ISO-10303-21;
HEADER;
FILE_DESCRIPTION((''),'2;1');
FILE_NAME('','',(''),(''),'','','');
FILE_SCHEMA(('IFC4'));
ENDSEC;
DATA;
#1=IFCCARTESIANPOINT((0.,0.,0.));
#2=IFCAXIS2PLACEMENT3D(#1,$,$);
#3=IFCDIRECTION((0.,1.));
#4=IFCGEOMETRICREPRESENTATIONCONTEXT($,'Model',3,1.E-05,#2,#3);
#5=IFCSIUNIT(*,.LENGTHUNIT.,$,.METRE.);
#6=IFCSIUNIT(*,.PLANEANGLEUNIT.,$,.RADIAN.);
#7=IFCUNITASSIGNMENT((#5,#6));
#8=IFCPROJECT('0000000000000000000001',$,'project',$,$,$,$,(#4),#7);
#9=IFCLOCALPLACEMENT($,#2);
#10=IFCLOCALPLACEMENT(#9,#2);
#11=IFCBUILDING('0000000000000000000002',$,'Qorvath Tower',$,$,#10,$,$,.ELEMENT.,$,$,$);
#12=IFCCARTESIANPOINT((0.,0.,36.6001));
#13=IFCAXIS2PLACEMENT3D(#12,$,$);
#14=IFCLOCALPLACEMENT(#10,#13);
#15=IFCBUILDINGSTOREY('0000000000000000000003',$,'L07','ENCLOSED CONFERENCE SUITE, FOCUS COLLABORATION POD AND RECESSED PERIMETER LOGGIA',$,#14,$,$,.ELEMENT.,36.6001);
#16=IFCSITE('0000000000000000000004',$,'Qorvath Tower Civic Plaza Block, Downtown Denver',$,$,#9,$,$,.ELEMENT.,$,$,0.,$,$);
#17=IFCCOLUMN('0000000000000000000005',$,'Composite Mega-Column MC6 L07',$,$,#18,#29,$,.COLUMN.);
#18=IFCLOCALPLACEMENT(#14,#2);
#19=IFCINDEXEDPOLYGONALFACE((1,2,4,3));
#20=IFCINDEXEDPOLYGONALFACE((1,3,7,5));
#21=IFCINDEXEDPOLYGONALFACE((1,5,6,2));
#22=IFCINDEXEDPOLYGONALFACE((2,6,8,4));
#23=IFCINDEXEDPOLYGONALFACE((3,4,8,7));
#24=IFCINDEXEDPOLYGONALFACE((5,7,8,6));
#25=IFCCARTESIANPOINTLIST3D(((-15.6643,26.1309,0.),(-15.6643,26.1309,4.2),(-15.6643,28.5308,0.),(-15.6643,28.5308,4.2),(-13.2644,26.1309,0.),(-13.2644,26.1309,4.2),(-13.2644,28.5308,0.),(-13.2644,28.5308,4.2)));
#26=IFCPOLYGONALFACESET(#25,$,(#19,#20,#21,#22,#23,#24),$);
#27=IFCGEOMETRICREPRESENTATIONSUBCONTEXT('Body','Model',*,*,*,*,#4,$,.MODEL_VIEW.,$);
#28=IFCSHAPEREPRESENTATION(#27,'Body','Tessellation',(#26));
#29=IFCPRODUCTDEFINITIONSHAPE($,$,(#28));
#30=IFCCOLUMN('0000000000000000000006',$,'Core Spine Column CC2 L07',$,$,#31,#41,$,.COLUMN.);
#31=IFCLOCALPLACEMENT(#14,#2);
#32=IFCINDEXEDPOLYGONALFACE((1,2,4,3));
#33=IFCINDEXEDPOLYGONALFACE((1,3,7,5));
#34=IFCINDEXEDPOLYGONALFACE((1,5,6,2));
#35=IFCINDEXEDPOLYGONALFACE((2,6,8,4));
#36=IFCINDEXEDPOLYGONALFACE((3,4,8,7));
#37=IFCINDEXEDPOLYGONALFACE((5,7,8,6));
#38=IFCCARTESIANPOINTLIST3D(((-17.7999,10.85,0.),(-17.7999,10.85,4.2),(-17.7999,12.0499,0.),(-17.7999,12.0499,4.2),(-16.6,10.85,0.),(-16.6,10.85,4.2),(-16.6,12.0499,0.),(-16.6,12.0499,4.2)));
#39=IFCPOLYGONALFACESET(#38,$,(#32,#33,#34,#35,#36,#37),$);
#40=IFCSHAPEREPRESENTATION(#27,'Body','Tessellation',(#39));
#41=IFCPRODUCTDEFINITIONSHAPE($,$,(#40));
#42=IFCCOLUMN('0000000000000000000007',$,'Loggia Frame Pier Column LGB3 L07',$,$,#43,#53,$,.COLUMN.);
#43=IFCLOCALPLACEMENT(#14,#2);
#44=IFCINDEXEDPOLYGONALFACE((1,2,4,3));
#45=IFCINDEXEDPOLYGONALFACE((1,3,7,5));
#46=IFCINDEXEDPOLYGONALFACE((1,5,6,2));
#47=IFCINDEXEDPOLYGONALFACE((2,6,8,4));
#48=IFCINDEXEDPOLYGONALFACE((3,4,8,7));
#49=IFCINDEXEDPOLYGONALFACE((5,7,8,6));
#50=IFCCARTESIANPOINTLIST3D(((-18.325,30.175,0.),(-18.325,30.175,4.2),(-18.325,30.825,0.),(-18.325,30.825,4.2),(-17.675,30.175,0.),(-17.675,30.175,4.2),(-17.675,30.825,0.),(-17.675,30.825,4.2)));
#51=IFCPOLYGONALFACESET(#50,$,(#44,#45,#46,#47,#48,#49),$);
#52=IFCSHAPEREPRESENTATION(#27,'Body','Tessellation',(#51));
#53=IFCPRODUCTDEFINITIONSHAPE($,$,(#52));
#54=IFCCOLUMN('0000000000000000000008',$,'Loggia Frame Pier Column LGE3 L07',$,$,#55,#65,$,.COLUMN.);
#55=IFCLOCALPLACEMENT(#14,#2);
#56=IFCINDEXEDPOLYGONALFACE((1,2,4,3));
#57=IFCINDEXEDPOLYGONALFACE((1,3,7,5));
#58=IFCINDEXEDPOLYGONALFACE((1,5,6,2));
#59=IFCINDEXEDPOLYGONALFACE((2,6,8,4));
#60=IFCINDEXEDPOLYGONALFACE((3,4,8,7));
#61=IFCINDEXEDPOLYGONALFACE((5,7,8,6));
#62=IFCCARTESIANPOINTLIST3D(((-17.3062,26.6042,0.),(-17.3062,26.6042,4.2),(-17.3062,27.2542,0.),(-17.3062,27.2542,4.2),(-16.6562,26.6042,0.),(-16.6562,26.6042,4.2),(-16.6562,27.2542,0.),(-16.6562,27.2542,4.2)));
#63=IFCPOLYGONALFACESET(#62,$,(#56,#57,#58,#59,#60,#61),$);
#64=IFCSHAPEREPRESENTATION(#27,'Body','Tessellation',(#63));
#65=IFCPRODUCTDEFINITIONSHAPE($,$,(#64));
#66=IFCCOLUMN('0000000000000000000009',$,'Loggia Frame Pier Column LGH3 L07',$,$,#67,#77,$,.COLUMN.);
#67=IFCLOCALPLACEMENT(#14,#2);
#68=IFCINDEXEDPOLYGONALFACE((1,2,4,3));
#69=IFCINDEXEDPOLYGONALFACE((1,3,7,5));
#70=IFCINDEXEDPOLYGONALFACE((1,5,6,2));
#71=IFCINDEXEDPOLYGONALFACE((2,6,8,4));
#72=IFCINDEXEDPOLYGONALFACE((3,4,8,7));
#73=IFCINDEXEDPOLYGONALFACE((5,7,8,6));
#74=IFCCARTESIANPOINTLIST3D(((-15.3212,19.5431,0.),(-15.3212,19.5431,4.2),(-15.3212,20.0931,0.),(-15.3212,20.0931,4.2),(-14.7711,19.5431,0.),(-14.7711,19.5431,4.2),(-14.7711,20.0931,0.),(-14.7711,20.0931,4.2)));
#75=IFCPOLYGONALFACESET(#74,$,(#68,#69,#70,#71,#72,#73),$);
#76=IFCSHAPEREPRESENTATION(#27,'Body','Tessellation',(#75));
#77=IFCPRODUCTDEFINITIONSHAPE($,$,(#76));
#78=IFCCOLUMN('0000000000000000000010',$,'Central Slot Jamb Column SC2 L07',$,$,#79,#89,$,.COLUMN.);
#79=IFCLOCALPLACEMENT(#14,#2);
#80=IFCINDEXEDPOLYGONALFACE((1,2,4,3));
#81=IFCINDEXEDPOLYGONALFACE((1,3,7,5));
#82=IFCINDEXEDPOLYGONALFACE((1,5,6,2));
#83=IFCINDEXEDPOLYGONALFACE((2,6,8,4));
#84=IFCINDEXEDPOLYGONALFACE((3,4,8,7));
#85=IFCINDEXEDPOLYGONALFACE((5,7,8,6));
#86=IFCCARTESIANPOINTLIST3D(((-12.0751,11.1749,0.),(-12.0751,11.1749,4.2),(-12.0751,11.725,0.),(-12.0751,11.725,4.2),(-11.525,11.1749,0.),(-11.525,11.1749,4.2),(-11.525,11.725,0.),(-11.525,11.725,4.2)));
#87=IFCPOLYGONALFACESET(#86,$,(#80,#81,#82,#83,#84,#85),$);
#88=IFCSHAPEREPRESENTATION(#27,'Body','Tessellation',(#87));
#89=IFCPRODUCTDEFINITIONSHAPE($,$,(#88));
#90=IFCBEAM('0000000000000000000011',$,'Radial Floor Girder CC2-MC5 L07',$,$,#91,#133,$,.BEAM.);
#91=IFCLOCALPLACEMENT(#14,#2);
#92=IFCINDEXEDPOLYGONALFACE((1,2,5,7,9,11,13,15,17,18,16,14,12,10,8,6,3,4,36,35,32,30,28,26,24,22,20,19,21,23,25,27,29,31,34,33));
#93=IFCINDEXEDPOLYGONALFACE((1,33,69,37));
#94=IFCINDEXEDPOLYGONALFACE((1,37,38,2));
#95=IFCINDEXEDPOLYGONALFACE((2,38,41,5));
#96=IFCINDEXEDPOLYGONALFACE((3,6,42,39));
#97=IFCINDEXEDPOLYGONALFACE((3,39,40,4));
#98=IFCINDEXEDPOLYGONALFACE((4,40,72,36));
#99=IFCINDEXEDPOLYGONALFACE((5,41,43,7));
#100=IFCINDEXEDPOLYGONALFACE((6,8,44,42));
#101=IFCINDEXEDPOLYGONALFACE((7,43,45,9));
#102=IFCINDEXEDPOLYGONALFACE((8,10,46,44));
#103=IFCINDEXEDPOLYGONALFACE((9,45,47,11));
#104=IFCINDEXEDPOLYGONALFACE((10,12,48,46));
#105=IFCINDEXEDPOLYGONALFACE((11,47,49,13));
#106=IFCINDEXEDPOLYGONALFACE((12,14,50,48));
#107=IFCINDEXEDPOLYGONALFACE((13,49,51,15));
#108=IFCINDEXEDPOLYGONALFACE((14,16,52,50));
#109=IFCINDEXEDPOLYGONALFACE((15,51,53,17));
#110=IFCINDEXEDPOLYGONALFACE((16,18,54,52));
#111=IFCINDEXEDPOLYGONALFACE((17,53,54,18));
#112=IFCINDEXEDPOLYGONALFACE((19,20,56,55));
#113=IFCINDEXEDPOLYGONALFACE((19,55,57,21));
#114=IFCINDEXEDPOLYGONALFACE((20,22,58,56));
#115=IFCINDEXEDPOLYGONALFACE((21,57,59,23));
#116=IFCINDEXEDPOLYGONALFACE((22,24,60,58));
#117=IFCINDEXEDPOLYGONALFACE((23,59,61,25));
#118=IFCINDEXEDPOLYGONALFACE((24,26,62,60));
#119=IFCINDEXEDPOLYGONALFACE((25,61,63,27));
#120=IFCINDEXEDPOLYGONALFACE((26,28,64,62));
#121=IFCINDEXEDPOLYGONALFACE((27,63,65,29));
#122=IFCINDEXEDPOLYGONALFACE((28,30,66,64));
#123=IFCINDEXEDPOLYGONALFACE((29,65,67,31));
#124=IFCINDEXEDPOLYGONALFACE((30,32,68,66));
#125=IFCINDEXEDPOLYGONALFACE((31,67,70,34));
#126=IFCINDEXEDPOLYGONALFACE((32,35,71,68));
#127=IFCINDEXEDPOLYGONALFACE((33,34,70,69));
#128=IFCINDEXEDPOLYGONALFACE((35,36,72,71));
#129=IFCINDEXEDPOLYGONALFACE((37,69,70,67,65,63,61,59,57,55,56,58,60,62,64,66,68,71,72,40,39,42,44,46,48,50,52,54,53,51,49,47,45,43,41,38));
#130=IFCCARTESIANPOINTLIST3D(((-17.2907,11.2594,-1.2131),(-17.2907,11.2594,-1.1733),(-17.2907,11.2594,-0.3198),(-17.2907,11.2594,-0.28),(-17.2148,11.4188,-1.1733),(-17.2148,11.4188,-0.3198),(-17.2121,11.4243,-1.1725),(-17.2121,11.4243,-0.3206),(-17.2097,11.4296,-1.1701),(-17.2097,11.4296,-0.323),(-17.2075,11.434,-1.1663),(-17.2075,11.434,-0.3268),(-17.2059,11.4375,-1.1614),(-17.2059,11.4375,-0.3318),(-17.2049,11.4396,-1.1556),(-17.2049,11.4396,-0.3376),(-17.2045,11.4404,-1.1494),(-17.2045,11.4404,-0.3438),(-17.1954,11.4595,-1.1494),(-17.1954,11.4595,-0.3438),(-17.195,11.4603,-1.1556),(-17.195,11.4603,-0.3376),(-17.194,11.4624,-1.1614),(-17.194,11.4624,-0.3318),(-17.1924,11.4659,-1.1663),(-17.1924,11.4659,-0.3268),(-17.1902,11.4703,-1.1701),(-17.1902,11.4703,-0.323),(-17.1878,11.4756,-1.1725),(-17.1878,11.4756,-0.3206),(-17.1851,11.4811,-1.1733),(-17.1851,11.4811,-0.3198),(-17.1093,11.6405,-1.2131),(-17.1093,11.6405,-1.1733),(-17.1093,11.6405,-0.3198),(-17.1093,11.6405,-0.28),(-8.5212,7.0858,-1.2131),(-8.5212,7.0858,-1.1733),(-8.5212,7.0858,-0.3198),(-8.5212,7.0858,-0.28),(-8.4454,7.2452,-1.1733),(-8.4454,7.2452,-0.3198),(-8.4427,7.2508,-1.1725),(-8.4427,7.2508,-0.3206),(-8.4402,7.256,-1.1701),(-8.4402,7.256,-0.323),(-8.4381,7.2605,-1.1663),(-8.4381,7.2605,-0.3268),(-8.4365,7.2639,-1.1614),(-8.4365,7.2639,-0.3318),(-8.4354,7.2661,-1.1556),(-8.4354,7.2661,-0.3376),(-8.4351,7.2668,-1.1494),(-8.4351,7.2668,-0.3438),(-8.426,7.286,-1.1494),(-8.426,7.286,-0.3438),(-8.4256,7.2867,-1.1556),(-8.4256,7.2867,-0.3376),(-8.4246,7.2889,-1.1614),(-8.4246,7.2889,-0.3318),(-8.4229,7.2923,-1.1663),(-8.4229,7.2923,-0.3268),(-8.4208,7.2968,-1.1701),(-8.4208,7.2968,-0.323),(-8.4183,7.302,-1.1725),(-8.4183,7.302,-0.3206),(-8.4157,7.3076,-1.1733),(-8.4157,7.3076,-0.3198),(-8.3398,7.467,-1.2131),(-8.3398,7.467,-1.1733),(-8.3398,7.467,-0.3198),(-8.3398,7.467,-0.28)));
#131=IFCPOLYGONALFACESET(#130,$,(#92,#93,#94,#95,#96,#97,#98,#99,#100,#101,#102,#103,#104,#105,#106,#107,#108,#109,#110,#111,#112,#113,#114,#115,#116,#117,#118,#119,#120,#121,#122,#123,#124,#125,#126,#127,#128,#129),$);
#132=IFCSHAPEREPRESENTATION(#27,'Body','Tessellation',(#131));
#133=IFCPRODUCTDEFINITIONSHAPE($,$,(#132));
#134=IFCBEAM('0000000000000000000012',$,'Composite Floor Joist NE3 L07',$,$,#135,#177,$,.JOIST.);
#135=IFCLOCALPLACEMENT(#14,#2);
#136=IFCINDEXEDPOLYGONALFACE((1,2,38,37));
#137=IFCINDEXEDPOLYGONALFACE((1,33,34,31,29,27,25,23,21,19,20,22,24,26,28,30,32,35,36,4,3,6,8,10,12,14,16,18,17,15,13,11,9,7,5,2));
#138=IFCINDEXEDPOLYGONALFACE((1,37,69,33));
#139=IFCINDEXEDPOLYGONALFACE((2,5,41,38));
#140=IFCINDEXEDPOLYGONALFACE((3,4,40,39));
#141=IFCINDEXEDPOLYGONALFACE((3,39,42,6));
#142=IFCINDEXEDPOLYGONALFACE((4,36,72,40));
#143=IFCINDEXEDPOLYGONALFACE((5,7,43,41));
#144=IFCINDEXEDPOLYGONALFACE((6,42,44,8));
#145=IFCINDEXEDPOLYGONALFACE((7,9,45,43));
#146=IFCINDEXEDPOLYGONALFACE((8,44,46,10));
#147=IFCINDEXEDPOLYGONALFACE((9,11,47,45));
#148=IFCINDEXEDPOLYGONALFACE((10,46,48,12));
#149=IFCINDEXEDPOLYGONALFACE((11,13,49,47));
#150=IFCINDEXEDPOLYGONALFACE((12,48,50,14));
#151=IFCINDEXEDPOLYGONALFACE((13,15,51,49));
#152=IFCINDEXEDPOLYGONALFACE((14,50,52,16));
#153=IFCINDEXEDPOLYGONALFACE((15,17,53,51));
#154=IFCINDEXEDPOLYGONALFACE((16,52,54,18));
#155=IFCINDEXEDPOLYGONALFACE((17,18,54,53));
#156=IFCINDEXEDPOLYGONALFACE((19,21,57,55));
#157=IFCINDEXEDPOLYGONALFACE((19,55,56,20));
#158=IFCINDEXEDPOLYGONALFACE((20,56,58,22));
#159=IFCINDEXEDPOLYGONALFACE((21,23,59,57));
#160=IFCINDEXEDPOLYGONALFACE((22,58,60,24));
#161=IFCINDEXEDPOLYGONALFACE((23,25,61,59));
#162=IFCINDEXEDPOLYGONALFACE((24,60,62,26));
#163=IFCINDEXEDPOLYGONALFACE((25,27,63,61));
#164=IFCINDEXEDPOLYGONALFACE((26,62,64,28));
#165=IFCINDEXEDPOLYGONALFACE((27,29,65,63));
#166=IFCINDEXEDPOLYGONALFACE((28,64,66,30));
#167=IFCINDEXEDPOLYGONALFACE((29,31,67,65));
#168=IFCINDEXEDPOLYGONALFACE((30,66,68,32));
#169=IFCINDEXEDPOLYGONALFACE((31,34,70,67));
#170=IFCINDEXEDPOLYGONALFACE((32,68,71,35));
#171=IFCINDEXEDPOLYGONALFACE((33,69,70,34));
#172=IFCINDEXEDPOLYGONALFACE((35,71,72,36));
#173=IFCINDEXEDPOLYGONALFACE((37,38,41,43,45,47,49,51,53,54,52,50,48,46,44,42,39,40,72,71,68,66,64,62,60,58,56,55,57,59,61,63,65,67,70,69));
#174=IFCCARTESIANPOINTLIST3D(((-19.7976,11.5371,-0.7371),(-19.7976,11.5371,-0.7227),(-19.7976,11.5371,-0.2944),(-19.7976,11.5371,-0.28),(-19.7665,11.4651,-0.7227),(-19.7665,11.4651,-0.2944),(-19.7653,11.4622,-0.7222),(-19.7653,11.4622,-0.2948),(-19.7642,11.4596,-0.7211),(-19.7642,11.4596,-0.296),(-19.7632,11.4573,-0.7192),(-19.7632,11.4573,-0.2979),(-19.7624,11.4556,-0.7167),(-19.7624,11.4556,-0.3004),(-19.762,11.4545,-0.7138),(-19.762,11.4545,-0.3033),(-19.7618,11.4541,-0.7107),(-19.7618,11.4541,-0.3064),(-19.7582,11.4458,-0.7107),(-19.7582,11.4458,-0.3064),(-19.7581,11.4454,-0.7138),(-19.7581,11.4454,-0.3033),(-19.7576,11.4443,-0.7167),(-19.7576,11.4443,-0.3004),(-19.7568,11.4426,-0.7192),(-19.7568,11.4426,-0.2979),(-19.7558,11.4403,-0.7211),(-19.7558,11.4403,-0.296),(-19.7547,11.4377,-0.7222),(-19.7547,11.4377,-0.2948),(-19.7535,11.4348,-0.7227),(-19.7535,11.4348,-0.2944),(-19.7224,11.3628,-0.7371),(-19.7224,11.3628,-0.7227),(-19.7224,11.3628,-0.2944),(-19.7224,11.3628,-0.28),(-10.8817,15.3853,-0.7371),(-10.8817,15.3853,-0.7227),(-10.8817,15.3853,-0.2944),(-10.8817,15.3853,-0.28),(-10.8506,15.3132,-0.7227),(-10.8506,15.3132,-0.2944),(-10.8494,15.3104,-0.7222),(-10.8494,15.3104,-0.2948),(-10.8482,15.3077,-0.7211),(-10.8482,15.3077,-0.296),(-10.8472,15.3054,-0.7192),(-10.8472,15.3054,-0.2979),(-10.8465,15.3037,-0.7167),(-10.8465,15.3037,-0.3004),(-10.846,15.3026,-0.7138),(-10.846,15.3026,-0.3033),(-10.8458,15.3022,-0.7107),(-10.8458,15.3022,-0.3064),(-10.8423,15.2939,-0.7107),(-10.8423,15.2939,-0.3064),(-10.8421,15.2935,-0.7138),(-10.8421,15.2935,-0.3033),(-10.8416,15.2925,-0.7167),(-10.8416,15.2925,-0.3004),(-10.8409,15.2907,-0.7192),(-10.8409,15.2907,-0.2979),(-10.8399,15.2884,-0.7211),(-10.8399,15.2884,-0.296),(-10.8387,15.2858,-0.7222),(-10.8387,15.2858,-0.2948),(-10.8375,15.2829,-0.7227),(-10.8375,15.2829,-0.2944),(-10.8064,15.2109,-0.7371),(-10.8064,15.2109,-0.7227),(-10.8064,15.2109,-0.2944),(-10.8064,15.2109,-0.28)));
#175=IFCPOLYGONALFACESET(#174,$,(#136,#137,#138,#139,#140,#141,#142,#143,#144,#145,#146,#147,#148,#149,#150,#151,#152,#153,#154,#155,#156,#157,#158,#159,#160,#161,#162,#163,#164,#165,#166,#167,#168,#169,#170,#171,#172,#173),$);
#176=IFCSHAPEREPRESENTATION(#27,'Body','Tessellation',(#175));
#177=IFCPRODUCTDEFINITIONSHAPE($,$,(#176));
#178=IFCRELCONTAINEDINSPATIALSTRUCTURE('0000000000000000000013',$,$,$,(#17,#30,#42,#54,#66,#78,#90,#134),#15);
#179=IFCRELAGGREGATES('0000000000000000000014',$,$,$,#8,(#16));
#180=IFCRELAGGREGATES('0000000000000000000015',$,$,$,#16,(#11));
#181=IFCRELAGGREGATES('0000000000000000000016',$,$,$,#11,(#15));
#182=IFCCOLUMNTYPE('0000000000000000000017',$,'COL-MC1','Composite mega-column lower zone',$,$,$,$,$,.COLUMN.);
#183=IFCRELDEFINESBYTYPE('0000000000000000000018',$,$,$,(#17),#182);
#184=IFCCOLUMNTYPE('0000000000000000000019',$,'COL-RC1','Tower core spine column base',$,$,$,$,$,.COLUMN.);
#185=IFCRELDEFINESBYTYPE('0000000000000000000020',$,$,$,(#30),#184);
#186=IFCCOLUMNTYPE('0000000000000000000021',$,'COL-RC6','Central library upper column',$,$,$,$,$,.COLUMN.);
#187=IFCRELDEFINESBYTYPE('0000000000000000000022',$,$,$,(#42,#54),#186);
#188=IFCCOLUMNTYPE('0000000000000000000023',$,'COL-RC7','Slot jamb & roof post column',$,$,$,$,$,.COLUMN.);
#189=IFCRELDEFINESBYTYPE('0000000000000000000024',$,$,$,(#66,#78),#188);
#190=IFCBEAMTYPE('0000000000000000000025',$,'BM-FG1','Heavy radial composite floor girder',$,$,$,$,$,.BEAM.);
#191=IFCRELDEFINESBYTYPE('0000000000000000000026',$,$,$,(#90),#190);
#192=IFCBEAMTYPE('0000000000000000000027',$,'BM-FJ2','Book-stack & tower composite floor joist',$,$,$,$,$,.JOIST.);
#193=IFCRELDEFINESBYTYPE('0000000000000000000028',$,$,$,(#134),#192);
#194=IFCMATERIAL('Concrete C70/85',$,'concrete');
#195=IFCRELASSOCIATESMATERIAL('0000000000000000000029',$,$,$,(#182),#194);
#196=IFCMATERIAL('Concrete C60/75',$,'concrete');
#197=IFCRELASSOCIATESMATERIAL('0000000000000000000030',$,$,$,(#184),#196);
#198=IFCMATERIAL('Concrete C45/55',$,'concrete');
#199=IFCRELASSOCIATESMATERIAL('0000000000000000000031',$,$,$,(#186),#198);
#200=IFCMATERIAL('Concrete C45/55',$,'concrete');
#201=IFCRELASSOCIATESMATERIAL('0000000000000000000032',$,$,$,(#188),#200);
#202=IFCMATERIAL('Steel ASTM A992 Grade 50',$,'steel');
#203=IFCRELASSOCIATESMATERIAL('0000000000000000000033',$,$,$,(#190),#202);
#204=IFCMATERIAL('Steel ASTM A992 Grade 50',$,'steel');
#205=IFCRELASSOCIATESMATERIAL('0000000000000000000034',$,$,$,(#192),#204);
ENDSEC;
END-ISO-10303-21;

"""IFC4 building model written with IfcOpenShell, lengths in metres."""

from ifc_helpers import new_model, si_unit, direction, frame, origin, origin_2d, place, context, subcontext, project, spatial, rectangle, i_section, extrude, material, material_profile, profile_set, type_object, element, save


model = new_model("IFC4")

# Units and contexts
model_context = context("Model", 3, precision=1e-05, world=origin(), true_north=direction((0.0, 1.0)))
body_context = subcontext(model_context, "Body", "Model", "MODEL_VIEW")
ifc_project = project(units=[si_unit("LENGTHUNIT", "METRE"), si_unit("PLANEANGLEUNIT", "RADIAN")], contexts=[model_context])

# Site, building, storey
site_placement = place(None, origin())
site = spatial("IfcSite", under=ifc_project, at=site_placement, Name="Qorvath Tower Civic Plaza Block, Downtown Denver", CompositionType="ELEMENT", RefElevation=0.0)
building_placement = place(site_placement, origin())
building = spatial("IfcBuilding", under=site, at=building_placement, Name="Qorvath Tower", CompositionType="ELEMENT")
storey_placement = place(building_placement, frame((0.0, 0.0, 36.6001)))
storey = spatial("IfcBuildingStorey", under=building, at=storey_placement, Name="L07", Description="ENCLOSED CONFERENCE SUITE, FOCUS COLLABORATION POD AND RECESSED PERIMETER LOGGIA", CompositionType="ELEMENT", Elevation=36.6001)

# Columns
ifc_material_1 = material(Name="Concrete C70/85", Category="concrete")
ifc_material_profile_1 = material_profile(ifc_material_1, rectangle(XDim=2.3999, YDim=2.3999, at=origin_2d()), Name="MC 2400x2400")
ifc_profile_set_1 = profile_set([ifc_material_profile_1], Name="Concrete C70/85")
column_type_1 = type_object("IfcColumnType", Name="COL-MC1", Description="Composite mega-column lower zone", PredefinedType="COLUMN", material=ifc_profile_set_1)
column_1_placement = place(storey_placement, frame((-14.4644, 27.3308, 0.0), z_axis=(0.0, 0.0, 1.0), x_axis=(1.0, 0.0, 0.0)))
element("IfcColumn", 1, at=column_1_placement, inside=storey, type_object=column_type_1, Name="Composite Mega-Column MC6 L07", PredefinedType="COLUMN", context=body_context, shape_type="SweptSolid", body=[
    extrude(rectangle(XDim=2.3999, YDim=2.3999, at=origin_2d()), origin(), (0.0, 0.0, 1.0), 4.2),
])
ifc_material_2 = material(Name="Concrete C60/75", Category="concrete")
ifc_material_profile_2 = material_profile(ifc_material_2, rectangle(XDim=1.2, YDim=1.2, at=origin_2d()), Name="RC 1200x1200")
ifc_profile_set_2 = profile_set([ifc_material_profile_2], Name="Concrete C60/75")
column_type_2 = type_object("IfcColumnType", Name="COL-RC1", Description="Tower core spine column base", PredefinedType="COLUMN", material=ifc_profile_set_2)
column_2_placement = place(storey_placement, frame((-17.2, 11.45, 0.0), z_axis=(0.0, 0.0, 1.0), x_axis=(1.0, 0.0, 0.0)))
element("IfcColumn", 2, at=column_2_placement, inside=storey, type_object=column_type_2, Name="Core Spine Column CC2 L07", PredefinedType="COLUMN", context=body_context, shape_type="SweptSolid", body=[
    extrude(rectangle(XDim=1.2, YDim=1.2, at=origin_2d()), origin(), (0.0, 0.0, 1.0), 4.2),
])
ifc_material_3 = material(Name="Concrete C45/55", Category="concrete")
ifc_material_profile_3 = material_profile(ifc_material_3, rectangle(XDim=0.6499, YDim=0.6499, at=origin_2d()), Name="RC 650x650")
ifc_profile_set_3 = profile_set([ifc_material_profile_3], Name="Concrete C45/55")
column_type_3 = type_object("IfcColumnType", Name="COL-RC6", Description="Central library upper column", PredefinedType="COLUMN", material=ifc_profile_set_3)
for number, where, z_axis, x_axis, name in (
    (3, (-18.0, 30.5, 0.0), (0.0, 0.0, 1.0), (1.0, 0.0, 0.0), "Loggia Frame Pier Column LGB3 L07"),
    (4, (-16.9812, 26.9292, 0.0), (0.0, 0.0, 1.0), (1.0, 0.0, 0.0), "Loggia Frame Pier Column LGE3 L07"),
):
    element("IfcColumn", number, at=place(storey_placement, frame(where, z_axis=z_axis, x_axis=x_axis)), inside=storey, type_object=column_type_3, Name=name, PredefinedType="COLUMN", context=body_context, shape_type="SweptSolid", body=[
        extrude(rectangle(XDim=0.6499, YDim=0.6499, at=origin_2d()), origin(), (0.0, 0.0, 1.0), 4.2),
    ])
ifc_material_4 = material(Name="Concrete C45/55", Category="concrete")
ifc_material_profile_4 = material_profile(ifc_material_4, rectangle(XDim=0.55, YDim=0.55, at=origin_2d()), Name="RC 550x550")
ifc_profile_set_4 = profile_set([ifc_material_profile_4], Name="Concrete C45/55")
column_type_4 = type_object("IfcColumnType", Name="COL-RC7", Description="Slot jamb & roof post column", PredefinedType="COLUMN", material=ifc_profile_set_4)
for number, where, z_axis, x_axis, name in (
    (5, (-15.0461, 19.8181, 0.0), (0.0, 0.0, 1.0), (1.0, 0.0, 0.0), "Loggia Frame Pier Column LGH3 L07"),
    (6, (-11.8, 11.45, 0.0), (0.0, 0.0, 1.0), (1.0, 0.0, 0.0), "Central Slot Jamb Column SC2 L07"),
):
    element("IfcColumn", number, at=place(storey_placement, frame(where, z_axis=z_axis, x_axis=x_axis)), inside=storey, type_object=column_type_4, Name=name, PredefinedType="COLUMN", context=body_context, shape_type="SweptSolid", body=[
        extrude(rectangle(XDim=0.55, YDim=0.55, at=origin_2d()), origin(), (0.0, 0.0, 1.0), 4.2),
    ])

# Beams
ifc_material_5 = material(Name="Steel ASTM A992 Grade 50", Category="steel")
ifc_material_profile_5 = material_profile(ifc_material_5, i_section(OverallWidth=0.4221, OverallDepth=0.9331, WebThickness=0.0212, FlangeThickness=0.0398, FilletRadius=0.0239, at=origin_2d()), Name="W36x262")
ifc_profile_set_5 = profile_set([ifc_material_profile_5], Name="Steel ASTM A992 Grade 50")
beam_type_1 = type_object("IfcBeamType", Name="BM-FG1", Description="Heavy radial composite floor girder", PredefinedType="BEAM", material=ifc_profile_set_5)
beam_1_placement = place(storey_placement, frame((-17.2, 11.45, -0.7466), z_axis=(0.902956, -0.429734, 0.0), x_axis=(0.429734, 0.902956, 0.0)))
element("IfcBeam", 7, at=beam_1_placement, inside=storey, type_object=beam_type_1, Name="Radial Floor Girder CC2-MC5 L07", PredefinedType="BEAM", context=body_context, shape_type="SweptSolid", body=[
    extrude(i_section(OverallWidth=0.4221, OverallDepth=0.9331, WebThickness=0.0212, FlangeThickness=0.0398, FilletRadius=0.0239, at=origin_2d()), origin(), (0.0, 0.0, 1.0), 9.7119),
])
ifc_material_6 = material(Name="Steel ASTM A992 Grade 50", Category="steel")
ifc_material_profile_6 = material_profile(ifc_material_6, i_section(OverallWidth=0.1899, OverallDepth=0.457, WebThickness=0.009, FlangeThickness=0.0144, FilletRadius=0.012, at=origin_2d()), Name="W18x50")
ifc_profile_set_6 = profile_set([ifc_material_profile_6], Name="Steel ASTM A992 Grade 50")
beam_type_2 = type_object("IfcBeamType", Name="BM-FJ2", Description="Book-stack & tower composite floor joist", PredefinedType="JOIST", material=ifc_profile_set_6)
beam_2_placement = place(storey_placement, frame((-19.76, 11.45, -0.5085), z_axis=(0.918136, 0.396266, 0.0), x_axis=(-0.396266, 0.918136, 0.0)))
element("IfcBeam", 8, at=beam_2_placement, inside=storey, type_object=beam_type_2, Name="Composite Floor Joist NE3 L07", PredefinedType="JOIST", context=body_context, shape_type="SweptSolid", body=[
    extrude(i_section(OverallWidth=0.1899, OverallDepth=0.457, WebThickness=0.009, FlangeThickness=0.0144, FilletRadius=0.012, at=origin_2d()), origin(), (0.0, 0.0, 1.0), 9.7109),
])

save(model, "model.ifc")
